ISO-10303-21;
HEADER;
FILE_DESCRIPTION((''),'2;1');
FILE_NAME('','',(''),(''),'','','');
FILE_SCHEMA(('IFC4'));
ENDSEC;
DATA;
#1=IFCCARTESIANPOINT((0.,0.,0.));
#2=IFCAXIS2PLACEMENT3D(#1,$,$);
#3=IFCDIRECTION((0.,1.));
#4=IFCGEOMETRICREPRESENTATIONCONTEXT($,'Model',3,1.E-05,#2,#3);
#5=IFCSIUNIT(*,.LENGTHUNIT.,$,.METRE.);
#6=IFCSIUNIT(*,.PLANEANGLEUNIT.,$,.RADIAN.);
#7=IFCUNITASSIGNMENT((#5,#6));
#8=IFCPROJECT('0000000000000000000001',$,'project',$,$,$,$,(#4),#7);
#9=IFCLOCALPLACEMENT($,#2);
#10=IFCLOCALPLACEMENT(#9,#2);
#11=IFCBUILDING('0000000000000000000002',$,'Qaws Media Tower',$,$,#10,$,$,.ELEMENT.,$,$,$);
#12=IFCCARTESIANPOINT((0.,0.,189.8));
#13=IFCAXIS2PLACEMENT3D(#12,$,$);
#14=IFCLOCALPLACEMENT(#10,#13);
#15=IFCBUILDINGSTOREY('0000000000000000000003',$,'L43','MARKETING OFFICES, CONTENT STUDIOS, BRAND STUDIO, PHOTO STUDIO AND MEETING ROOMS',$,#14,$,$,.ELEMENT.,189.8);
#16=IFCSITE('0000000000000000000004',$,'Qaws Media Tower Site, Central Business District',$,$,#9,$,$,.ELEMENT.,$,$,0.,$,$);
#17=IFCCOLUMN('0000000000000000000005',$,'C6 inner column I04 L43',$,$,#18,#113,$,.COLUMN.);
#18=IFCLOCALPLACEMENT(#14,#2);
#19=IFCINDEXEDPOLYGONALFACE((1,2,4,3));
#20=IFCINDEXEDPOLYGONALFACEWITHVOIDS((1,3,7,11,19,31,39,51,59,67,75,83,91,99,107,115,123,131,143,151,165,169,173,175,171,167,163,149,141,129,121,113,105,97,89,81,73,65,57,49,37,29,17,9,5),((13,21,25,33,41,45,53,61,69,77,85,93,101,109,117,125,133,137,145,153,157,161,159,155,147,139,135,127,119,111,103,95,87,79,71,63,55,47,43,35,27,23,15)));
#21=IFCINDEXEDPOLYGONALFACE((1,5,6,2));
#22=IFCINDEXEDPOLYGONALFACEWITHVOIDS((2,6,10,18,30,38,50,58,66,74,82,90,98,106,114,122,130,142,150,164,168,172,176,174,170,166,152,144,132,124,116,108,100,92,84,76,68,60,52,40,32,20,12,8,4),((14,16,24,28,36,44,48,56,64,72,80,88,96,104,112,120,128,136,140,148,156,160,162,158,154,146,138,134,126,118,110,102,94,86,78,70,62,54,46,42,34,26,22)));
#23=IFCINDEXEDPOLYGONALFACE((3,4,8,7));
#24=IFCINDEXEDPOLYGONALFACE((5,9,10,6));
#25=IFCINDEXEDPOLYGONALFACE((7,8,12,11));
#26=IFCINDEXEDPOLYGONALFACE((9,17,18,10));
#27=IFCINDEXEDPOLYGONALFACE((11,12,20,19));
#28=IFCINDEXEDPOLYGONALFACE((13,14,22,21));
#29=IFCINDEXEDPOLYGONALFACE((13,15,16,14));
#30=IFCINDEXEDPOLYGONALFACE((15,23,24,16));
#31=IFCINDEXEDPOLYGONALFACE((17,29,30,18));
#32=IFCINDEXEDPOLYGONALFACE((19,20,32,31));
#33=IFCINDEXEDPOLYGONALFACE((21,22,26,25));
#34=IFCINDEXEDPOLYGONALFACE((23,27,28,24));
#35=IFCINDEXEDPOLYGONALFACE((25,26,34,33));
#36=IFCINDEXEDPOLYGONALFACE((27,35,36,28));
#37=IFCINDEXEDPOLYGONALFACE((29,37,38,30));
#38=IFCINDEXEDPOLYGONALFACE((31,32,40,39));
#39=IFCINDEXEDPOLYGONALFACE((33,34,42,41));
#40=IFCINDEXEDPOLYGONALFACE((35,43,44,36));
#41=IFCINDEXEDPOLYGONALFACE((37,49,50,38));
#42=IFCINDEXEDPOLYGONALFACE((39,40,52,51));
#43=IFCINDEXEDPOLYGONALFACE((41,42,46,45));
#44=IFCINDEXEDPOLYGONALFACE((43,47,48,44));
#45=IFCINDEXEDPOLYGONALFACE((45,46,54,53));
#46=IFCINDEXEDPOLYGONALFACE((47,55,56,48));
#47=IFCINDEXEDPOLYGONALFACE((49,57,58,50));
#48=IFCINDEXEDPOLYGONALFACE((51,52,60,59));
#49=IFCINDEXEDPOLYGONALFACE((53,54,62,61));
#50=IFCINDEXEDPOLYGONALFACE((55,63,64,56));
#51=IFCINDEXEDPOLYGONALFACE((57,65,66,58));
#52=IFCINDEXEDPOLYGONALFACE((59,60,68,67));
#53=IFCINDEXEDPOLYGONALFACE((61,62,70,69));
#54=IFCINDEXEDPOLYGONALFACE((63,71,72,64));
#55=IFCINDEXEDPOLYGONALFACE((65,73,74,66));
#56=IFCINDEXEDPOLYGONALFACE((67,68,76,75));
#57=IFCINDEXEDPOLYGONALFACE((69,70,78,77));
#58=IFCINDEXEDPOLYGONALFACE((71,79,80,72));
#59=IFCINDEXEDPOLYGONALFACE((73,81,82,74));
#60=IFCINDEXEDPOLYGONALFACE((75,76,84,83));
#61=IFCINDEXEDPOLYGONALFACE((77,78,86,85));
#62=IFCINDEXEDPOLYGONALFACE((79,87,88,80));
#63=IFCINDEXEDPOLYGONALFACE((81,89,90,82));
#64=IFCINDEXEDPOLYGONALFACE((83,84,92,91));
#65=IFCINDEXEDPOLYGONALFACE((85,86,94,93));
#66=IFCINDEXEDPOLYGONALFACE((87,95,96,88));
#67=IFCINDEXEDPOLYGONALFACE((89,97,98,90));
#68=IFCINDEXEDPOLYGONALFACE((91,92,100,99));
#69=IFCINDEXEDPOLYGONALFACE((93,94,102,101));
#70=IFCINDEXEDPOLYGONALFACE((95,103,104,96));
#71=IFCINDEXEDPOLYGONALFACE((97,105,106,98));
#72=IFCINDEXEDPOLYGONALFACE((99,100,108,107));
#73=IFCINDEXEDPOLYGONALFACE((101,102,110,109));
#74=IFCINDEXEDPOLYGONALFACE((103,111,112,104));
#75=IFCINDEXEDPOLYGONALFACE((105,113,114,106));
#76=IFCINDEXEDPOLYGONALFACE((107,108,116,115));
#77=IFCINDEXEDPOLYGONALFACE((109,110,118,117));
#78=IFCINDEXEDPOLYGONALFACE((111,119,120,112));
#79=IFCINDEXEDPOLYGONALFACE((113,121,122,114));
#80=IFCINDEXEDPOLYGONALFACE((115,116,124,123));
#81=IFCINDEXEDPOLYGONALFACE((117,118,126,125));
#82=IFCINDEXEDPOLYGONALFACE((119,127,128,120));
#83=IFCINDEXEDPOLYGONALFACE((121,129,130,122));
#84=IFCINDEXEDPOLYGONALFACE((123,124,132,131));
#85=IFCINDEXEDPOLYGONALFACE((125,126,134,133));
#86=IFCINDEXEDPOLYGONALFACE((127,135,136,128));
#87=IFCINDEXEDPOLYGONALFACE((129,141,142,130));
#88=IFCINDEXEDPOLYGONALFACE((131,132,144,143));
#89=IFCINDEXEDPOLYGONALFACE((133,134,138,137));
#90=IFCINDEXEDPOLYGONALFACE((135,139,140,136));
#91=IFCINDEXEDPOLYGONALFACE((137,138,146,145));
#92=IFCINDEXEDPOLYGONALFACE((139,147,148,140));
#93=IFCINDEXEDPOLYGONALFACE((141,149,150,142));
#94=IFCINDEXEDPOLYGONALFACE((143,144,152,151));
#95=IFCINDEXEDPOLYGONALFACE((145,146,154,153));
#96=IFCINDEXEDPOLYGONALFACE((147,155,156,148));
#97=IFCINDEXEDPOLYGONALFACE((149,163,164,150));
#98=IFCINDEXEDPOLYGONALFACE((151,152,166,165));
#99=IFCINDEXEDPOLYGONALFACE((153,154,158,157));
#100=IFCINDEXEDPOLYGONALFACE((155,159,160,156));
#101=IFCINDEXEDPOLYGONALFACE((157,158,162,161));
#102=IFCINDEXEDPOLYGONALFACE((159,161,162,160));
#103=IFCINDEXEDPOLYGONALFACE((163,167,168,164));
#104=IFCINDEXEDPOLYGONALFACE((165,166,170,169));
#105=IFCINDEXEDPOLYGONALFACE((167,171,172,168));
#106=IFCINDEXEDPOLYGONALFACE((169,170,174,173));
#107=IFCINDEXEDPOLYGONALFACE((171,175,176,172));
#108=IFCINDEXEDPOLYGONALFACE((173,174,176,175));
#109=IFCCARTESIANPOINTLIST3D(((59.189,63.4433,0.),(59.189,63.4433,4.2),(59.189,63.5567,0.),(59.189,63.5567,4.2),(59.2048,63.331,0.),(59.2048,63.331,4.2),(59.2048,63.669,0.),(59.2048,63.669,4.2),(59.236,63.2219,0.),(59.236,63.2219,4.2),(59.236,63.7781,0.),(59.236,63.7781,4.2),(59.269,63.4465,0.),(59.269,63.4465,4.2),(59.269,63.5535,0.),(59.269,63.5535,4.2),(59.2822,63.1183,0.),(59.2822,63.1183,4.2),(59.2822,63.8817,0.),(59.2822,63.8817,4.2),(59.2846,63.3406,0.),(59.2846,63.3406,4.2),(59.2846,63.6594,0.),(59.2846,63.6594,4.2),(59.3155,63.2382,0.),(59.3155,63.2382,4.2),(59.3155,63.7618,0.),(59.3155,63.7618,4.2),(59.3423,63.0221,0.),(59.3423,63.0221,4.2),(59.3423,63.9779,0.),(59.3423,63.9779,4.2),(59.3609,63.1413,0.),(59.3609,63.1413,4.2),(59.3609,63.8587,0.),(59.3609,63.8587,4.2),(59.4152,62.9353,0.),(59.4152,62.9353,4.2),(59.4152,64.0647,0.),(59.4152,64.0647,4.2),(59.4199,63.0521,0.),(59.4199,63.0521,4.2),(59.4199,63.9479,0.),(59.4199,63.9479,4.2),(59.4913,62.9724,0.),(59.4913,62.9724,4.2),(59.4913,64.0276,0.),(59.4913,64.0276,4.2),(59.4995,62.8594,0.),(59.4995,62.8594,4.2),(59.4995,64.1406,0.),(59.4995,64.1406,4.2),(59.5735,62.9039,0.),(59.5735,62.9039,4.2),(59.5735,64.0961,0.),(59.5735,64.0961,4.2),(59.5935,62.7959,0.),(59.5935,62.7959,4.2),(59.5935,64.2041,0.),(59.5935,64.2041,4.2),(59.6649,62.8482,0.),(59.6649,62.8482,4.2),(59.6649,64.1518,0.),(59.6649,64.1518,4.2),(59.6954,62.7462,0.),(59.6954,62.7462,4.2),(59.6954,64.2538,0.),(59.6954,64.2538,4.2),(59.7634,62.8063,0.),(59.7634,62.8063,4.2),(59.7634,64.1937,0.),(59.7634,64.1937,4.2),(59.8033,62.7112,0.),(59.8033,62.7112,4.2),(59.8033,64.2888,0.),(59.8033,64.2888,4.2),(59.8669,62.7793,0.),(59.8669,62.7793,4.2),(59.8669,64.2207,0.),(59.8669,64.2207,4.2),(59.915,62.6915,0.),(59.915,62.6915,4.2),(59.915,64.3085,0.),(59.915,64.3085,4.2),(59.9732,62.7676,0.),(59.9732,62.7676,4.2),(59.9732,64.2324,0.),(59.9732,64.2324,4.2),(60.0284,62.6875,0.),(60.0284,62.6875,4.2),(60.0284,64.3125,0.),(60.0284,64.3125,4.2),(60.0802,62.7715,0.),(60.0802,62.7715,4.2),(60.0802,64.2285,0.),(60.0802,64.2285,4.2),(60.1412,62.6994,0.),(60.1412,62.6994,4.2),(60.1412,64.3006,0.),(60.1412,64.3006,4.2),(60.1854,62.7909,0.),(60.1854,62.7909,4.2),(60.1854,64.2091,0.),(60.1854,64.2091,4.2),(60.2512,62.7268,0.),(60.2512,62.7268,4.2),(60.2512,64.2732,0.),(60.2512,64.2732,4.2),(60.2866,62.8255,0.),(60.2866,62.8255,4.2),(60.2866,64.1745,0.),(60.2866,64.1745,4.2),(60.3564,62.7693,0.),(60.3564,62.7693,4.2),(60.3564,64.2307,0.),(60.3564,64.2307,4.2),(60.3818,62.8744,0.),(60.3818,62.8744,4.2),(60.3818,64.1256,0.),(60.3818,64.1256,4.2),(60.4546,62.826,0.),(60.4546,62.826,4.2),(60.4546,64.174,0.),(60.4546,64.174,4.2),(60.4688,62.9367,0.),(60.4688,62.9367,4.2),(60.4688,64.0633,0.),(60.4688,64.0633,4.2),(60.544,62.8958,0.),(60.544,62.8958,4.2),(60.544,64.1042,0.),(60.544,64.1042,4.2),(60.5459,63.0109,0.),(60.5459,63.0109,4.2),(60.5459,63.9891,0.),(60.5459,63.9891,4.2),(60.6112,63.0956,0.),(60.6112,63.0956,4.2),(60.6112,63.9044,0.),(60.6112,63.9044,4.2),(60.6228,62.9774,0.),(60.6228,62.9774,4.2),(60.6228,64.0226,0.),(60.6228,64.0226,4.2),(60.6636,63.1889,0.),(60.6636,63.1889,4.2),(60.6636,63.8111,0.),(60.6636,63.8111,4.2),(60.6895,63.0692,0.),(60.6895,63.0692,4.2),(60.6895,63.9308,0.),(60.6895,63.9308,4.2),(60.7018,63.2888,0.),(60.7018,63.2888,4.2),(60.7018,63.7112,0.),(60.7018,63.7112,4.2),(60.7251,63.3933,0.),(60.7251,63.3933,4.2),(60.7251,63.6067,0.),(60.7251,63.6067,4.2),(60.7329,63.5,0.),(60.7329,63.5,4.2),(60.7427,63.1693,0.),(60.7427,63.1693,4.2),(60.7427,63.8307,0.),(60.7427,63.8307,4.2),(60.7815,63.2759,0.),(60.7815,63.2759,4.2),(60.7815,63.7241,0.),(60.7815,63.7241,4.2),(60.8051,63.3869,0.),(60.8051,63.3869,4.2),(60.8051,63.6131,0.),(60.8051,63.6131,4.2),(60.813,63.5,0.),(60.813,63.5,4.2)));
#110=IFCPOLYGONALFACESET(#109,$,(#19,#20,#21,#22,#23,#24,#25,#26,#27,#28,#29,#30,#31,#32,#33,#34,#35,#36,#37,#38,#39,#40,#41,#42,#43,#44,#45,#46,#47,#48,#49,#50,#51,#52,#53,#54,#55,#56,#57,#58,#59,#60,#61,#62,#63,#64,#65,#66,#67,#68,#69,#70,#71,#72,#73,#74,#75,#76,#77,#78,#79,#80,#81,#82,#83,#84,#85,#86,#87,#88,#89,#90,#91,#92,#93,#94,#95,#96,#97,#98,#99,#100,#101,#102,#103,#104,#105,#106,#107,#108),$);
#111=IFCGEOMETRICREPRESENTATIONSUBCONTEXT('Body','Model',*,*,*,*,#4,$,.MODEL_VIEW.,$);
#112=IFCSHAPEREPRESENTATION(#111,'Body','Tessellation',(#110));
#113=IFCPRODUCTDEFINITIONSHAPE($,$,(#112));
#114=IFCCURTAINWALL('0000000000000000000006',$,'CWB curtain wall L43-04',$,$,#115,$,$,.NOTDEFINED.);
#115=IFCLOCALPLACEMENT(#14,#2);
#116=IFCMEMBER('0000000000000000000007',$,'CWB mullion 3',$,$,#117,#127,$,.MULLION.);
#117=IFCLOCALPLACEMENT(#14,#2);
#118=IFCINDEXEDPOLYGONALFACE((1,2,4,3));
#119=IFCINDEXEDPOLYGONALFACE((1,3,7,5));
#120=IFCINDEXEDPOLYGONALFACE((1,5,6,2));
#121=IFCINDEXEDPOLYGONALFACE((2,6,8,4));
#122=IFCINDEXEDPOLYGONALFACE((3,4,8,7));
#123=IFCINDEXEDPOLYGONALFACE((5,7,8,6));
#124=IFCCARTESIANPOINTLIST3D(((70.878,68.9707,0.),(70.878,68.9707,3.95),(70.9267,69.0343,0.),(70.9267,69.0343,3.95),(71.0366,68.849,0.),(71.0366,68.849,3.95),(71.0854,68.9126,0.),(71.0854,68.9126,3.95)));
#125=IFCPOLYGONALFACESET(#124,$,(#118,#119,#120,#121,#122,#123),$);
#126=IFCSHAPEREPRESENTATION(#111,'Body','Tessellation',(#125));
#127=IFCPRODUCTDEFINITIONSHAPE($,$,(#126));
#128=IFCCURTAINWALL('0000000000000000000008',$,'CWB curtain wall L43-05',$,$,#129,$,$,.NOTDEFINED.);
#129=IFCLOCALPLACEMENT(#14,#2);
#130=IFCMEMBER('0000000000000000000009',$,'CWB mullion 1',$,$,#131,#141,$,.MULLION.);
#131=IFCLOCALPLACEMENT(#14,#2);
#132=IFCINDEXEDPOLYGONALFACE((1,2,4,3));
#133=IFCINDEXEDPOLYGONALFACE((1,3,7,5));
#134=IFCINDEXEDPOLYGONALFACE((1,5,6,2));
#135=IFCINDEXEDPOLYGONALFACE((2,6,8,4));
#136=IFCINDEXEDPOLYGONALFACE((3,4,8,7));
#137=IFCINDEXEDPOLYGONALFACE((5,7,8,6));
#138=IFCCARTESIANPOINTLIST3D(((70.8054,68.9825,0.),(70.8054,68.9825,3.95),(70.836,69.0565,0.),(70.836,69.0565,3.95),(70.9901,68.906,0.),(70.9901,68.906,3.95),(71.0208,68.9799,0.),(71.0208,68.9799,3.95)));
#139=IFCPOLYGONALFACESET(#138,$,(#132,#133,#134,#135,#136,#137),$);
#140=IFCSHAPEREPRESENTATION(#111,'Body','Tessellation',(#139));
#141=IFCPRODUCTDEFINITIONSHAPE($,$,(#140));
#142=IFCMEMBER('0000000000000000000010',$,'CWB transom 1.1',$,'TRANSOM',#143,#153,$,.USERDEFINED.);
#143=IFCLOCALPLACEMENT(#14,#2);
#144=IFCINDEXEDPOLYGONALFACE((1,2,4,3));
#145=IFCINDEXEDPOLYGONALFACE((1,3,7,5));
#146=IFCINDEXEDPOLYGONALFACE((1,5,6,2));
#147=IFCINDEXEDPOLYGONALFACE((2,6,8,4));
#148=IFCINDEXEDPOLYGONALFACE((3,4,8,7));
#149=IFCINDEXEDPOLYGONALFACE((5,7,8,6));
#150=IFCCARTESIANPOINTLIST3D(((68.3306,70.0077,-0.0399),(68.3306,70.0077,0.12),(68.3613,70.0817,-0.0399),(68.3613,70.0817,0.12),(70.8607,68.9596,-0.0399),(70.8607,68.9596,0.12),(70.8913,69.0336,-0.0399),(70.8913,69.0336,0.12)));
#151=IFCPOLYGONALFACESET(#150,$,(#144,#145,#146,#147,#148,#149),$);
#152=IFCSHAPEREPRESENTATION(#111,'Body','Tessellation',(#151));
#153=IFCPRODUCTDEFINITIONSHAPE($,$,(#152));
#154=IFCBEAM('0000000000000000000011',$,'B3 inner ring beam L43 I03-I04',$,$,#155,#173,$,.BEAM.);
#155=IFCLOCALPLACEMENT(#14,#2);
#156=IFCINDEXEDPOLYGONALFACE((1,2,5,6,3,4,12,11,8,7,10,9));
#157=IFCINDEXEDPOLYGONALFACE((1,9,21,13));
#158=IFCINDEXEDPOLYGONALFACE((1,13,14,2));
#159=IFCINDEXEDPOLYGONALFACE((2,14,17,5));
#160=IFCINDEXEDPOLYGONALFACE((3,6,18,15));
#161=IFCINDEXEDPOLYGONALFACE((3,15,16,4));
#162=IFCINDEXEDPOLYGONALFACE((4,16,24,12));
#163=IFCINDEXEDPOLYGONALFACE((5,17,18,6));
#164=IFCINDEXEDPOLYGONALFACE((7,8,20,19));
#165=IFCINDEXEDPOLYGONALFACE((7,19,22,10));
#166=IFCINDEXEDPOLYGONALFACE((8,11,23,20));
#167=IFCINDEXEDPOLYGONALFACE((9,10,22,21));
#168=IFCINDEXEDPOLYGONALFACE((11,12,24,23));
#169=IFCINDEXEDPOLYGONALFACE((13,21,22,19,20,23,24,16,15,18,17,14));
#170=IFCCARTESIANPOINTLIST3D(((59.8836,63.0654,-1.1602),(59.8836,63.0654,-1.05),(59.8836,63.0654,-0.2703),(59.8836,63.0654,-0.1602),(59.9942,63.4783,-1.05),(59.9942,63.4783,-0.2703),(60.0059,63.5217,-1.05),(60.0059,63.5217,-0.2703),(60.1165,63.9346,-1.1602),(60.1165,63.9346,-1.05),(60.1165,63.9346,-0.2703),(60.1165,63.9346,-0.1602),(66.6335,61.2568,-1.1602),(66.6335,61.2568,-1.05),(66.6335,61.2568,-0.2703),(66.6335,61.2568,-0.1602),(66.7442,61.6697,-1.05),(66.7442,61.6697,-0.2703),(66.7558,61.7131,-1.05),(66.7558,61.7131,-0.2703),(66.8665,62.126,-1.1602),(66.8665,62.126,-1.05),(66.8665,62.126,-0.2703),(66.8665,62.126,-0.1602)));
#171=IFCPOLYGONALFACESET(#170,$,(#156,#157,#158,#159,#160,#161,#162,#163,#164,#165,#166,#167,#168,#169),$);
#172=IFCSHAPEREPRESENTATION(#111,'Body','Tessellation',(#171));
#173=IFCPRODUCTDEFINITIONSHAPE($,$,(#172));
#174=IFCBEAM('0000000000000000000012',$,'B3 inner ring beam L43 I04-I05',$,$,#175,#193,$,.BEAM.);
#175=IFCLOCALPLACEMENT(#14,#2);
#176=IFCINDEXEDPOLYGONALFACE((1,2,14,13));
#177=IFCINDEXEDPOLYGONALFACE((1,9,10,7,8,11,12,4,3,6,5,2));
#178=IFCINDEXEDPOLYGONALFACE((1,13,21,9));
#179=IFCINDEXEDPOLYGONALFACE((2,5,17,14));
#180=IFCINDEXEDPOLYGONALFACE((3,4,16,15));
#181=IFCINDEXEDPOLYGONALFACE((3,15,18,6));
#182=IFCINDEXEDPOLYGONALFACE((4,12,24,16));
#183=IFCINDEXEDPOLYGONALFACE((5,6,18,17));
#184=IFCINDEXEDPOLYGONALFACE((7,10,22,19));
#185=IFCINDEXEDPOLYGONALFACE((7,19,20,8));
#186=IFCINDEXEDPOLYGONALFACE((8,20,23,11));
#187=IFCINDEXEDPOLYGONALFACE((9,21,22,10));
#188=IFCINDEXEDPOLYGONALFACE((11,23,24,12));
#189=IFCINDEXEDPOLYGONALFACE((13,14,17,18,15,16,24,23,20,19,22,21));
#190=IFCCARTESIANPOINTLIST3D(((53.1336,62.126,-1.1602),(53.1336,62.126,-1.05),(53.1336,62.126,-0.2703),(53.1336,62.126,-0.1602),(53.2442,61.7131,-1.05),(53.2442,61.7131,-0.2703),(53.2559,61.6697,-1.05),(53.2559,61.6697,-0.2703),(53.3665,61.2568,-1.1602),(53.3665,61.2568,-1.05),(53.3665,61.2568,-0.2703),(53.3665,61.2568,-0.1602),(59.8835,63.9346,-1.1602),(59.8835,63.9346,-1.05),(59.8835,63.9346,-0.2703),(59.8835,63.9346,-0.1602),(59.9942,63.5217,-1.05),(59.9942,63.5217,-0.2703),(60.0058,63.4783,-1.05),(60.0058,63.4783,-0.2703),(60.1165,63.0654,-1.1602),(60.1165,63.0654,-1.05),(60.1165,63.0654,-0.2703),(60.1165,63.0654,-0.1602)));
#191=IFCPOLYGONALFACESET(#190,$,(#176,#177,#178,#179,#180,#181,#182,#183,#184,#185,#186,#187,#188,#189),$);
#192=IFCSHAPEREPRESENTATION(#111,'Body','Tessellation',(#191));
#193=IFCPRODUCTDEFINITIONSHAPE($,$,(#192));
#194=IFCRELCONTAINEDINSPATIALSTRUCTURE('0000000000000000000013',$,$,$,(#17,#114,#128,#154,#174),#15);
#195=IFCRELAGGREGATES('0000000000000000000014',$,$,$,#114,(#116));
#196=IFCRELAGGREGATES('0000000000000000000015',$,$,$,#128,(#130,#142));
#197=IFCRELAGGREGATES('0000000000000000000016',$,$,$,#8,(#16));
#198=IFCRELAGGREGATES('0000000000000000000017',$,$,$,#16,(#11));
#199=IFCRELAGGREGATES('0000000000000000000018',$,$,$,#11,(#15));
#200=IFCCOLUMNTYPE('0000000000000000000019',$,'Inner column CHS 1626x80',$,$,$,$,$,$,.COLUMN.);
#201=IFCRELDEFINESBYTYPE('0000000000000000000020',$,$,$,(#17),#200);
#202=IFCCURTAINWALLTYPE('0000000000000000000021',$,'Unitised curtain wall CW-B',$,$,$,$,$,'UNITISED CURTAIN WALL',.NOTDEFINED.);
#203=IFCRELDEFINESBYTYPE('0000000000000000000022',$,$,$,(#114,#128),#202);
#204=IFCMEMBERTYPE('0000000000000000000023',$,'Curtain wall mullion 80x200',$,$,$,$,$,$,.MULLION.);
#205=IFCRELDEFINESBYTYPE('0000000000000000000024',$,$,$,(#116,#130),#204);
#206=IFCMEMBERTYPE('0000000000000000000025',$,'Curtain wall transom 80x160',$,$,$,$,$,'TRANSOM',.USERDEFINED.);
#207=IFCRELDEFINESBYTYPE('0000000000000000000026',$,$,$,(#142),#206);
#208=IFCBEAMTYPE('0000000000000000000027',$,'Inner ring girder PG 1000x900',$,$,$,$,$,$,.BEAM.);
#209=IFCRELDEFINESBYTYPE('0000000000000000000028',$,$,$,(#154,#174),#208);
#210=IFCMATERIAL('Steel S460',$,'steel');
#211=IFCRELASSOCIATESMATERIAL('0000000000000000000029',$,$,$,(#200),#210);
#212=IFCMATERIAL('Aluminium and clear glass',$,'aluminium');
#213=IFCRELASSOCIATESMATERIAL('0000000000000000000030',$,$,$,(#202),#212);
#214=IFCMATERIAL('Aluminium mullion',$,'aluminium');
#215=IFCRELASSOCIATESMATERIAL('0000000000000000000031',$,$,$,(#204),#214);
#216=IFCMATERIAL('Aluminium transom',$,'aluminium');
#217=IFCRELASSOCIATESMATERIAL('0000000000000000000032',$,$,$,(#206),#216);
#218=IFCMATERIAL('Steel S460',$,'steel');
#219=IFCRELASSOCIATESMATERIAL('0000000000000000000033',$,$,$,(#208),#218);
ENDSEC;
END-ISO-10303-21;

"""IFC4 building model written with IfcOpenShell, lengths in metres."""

from ifc_helpers import new_model, si_unit, direction, frame, origin, origin_2d, place, context, subcontext, project, spatial, rectangle, hollow_circle, i_section, extrude, material, material_profile, profile_set, type_object, element, aggregate, save


model = new_model("IFC4")

# Units and contexts
model_context = context("Model", 3, precision=1e-05, world=origin(), true_north=direction((0.0, 1.0)))
body_context = subcontext(model_context, "Body", "Model", "MODEL_VIEW")
ifc_project = project(units=[si_unit("LENGTHUNIT", "METRE"), si_unit("PLANEANGLEUNIT", "RADIAN")], contexts=[model_context])

# Site, building, storey
site_placement = place(None, origin())
site = spatial("IfcSite", under=ifc_project, at=site_placement, Name="Qaws Media Tower Site, Central Business District", CompositionType="ELEMENT", RefElevation=0.0)
building_placement = place(site_placement, origin())
building = spatial("IfcBuilding", under=site, at=building_placement, Name="Qaws Media Tower", CompositionType="ELEMENT")
storey_placement = place(building_placement, frame((0.0, 0.0, 189.8)))
storey = spatial("IfcBuildingStorey", under=building, at=storey_placement, Name="L43", Description="MARKETING OFFICES, CONTENT STUDIOS, BRAND STUDIO, PHOTO STUDIO AND MEETING ROOMS", CompositionType="ELEMENT", Elevation=189.8)

# Column
ifc_material_1 = material(Name="Steel S460", Category="steel")
ifc_material_profile_1 = material_profile(ifc_material_1, hollow_circle(Radius=0.813, WallThickness=0.0801, at=origin_2d()), Name="CHS 1626x80")
ifc_profile_set_1 = profile_set([ifc_material_profile_1], Name="Steel S460")
column_type = type_object("IfcColumnType", Name="Inner column CHS 1626x80", PredefinedType="COLUMN", material=ifc_profile_set_1)
for number, where, z_axis, x_axis, name in (
    (1, (60.0, 63.5, 0.0), (0.0, 0.0, 1.0), (1.0, 0.0, 0.0), "C6 inner column I04 L43"),
):
    element("IfcColumn", number, at=place(storey_placement, frame(where, z_axis=z_axis, x_axis=x_axis)), inside=storey, type_object=column_type, Name=name, PredefinedType="COLUMN", context=body_context, shape_type="SweptSolid", body=[
        extrude(hollow_circle(Radius=0.813, WallThickness=0.0801, at=origin_2d()), origin(), (0.0, 0.0, 1.0), 4.2),
    ])

# Curtain wall, member
ifc_material_2 = material(Name="Aluminium and clear glass", Category="aluminium")
curtain_wall_type = type_object("IfcCurtainWallType", Name="Unitised curtain wall CW-B", ElementType="UNITISED CURTAIN WALL", PredefinedType="NOTDEFINED", material=ifc_material_2)
curtain_wall_1_placement = place(storey_placement, origin())
curtain_wall_1 = element("IfcCurtainWall", 2, at=curtain_wall_1_placement, inside=storey, type_object=curtain_wall_type, Name="CWB curtain wall L43-04", PredefinedType="NOTDEFINED")
ifc_material_3 = material(Name="Aluminium mullion", Category="aluminium")
ifc_material_profile_2 = material_profile(ifc_material_3, rectangle(XDim=0.0801, YDim=0.2, at=origin_2d()), Name="80x200")
ifc_profile_set_2 = profile_set([ifc_material_profile_2], Name="Aluminium mullion")
member_type_1 = type_object("IfcMemberType", Name="Curtain wall mullion 80x200", PredefinedType="MULLION", material=ifc_profile_set_2)
member_1_placement = place(storey_placement, frame((70.9817, 68.9417, 0.0), z_axis=(0.0, 0.0, 1.0), x_axis=(-0.608761, -0.793353, 0.0)))
member_1 = element("IfcMember", 3, at=member_1_placement, type_object=member_type_1, Name="CWB mullion 3", PredefinedType="MULLION", context=body_context, shape_type="SweptSolid", body=[
    extrude(rectangle(XDim=0.0801, YDim=0.2, at=origin_2d()), origin(), (0.0, 0.0, 1.0), 3.95),
])
aggregate(curtain_wall_1, [member_1])

# Curtain wall, members
curtain_wall_2_placement = place(storey_placement, origin())
curtain_wall_2 = element("IfcCurtainWall", 4, at=curtain_wall_2_placement, inside=storey, type_object=curtain_wall_type, Name="CWB curtain wall L43-05", PredefinedType="NOTDEFINED")
member_2_placement = place(storey_placement, frame((70.9131, 68.9812, 0.0), z_axis=(0.0, 0.0, 1.0), x_axis=(-0.382684, -0.923879, 0.0)))
member_2 = element("IfcMember", 5, at=member_2_placement, type_object=member_type_1, Name="CWB mullion 1", PredefinedType="MULLION", context=body_context, shape_type="SweptSolid", body=[
    extrude(rectangle(XDim=0.0801, YDim=0.2, at=origin_2d()), origin(), (0.0, 0.0, 1.0), 3.95),
])
ifc_material_4 = material(Name="Aluminium transom", Category="aluminium")
ifc_material_profile_3 = material_profile(ifc_material_4, rectangle(XDim=0.0801, YDim=0.1599, at=origin_2d()), Name="80x160")
ifc_profile_set_3 = profile_set([ifc_material_profile_3], Name="Aluminium transom")
member_type_2 = type_object("IfcMemberType", Name="Curtain wall transom 80x160", ElementType="TRANSOM", PredefinedType="USERDEFINED", material=ifc_profile_set_3)
member_3_placement = place(storey_placement, frame((70.876, 68.9966, 0.04), z_axis=(-0.923864, 0.382722, 0.0), x_axis=(-0.382722, -0.923864, 0.0)))
member_3 = element("IfcMember", 6, at=member_3_placement, type_object=member_type_2, Name="CWB transom 1.1", ObjectType="TRANSOM", PredefinedType="USERDEFINED", context=body_context, shape_type="SweptSolid", body=[
    extrude(rectangle(XDim=0.0801, YDim=0.1599, at=origin_2d()), origin(), (0.0, 0.0, 1.0), 2.7385),
])
aggregate(curtain_wall_2, [member_2, member_3])

# Beams
ifc_material_5 = material(Name="Steel S460", Category="steel")
ifc_material_profile_4 = material_profile(ifc_material_5, i_section(OverallWidth=0.8999, OverallDepth=1.0, WebThickness=0.0449, FlangeThickness=0.1101, at=origin_2d()), Name="PG 1000x900")
ifc_profile_set_4 = profile_set([ifc_material_profile_4], Name="Steel S460")
beam_type_1 = type_object("IfcBeamType", Name="Inner ring girder PG 1000x900", PredefinedType="BEAM", material=ifc_profile_set_4)
for number, where, z_axis, x_axis, name in (
    (7, (66.75, 61.6914, -0.6602), (-0.965928, 0.258811, 0.0), (-0.258811, -0.965928, 0.0), "B3 inner ring beam L43 I03-I04"),
    (8, (60.0, 63.5, -0.6602), (-0.965928, -0.258811, 0.0), (0.258811, -0.965928, 0.0), "B3 inner ring beam L43 I04-I05"),
):
    element("IfcBeam", number, at=place(storey_placement, frame(where, z_axis=z_axis, x_axis=x_axis)), inside=storey, type_object=beam_type_1, Name=name, PredefinedType="BEAM", context=body_context, shape_type="SweptSolid", body=[
        extrude(i_section(OverallWidth=0.8999, OverallDepth=1.0, WebThickness=0.0449, FlangeThickness=0.1101, at=origin_2d()), origin(), (0.0, 0.0, 1.0), 6.988),
    ])

save(model, "model.ifc")
